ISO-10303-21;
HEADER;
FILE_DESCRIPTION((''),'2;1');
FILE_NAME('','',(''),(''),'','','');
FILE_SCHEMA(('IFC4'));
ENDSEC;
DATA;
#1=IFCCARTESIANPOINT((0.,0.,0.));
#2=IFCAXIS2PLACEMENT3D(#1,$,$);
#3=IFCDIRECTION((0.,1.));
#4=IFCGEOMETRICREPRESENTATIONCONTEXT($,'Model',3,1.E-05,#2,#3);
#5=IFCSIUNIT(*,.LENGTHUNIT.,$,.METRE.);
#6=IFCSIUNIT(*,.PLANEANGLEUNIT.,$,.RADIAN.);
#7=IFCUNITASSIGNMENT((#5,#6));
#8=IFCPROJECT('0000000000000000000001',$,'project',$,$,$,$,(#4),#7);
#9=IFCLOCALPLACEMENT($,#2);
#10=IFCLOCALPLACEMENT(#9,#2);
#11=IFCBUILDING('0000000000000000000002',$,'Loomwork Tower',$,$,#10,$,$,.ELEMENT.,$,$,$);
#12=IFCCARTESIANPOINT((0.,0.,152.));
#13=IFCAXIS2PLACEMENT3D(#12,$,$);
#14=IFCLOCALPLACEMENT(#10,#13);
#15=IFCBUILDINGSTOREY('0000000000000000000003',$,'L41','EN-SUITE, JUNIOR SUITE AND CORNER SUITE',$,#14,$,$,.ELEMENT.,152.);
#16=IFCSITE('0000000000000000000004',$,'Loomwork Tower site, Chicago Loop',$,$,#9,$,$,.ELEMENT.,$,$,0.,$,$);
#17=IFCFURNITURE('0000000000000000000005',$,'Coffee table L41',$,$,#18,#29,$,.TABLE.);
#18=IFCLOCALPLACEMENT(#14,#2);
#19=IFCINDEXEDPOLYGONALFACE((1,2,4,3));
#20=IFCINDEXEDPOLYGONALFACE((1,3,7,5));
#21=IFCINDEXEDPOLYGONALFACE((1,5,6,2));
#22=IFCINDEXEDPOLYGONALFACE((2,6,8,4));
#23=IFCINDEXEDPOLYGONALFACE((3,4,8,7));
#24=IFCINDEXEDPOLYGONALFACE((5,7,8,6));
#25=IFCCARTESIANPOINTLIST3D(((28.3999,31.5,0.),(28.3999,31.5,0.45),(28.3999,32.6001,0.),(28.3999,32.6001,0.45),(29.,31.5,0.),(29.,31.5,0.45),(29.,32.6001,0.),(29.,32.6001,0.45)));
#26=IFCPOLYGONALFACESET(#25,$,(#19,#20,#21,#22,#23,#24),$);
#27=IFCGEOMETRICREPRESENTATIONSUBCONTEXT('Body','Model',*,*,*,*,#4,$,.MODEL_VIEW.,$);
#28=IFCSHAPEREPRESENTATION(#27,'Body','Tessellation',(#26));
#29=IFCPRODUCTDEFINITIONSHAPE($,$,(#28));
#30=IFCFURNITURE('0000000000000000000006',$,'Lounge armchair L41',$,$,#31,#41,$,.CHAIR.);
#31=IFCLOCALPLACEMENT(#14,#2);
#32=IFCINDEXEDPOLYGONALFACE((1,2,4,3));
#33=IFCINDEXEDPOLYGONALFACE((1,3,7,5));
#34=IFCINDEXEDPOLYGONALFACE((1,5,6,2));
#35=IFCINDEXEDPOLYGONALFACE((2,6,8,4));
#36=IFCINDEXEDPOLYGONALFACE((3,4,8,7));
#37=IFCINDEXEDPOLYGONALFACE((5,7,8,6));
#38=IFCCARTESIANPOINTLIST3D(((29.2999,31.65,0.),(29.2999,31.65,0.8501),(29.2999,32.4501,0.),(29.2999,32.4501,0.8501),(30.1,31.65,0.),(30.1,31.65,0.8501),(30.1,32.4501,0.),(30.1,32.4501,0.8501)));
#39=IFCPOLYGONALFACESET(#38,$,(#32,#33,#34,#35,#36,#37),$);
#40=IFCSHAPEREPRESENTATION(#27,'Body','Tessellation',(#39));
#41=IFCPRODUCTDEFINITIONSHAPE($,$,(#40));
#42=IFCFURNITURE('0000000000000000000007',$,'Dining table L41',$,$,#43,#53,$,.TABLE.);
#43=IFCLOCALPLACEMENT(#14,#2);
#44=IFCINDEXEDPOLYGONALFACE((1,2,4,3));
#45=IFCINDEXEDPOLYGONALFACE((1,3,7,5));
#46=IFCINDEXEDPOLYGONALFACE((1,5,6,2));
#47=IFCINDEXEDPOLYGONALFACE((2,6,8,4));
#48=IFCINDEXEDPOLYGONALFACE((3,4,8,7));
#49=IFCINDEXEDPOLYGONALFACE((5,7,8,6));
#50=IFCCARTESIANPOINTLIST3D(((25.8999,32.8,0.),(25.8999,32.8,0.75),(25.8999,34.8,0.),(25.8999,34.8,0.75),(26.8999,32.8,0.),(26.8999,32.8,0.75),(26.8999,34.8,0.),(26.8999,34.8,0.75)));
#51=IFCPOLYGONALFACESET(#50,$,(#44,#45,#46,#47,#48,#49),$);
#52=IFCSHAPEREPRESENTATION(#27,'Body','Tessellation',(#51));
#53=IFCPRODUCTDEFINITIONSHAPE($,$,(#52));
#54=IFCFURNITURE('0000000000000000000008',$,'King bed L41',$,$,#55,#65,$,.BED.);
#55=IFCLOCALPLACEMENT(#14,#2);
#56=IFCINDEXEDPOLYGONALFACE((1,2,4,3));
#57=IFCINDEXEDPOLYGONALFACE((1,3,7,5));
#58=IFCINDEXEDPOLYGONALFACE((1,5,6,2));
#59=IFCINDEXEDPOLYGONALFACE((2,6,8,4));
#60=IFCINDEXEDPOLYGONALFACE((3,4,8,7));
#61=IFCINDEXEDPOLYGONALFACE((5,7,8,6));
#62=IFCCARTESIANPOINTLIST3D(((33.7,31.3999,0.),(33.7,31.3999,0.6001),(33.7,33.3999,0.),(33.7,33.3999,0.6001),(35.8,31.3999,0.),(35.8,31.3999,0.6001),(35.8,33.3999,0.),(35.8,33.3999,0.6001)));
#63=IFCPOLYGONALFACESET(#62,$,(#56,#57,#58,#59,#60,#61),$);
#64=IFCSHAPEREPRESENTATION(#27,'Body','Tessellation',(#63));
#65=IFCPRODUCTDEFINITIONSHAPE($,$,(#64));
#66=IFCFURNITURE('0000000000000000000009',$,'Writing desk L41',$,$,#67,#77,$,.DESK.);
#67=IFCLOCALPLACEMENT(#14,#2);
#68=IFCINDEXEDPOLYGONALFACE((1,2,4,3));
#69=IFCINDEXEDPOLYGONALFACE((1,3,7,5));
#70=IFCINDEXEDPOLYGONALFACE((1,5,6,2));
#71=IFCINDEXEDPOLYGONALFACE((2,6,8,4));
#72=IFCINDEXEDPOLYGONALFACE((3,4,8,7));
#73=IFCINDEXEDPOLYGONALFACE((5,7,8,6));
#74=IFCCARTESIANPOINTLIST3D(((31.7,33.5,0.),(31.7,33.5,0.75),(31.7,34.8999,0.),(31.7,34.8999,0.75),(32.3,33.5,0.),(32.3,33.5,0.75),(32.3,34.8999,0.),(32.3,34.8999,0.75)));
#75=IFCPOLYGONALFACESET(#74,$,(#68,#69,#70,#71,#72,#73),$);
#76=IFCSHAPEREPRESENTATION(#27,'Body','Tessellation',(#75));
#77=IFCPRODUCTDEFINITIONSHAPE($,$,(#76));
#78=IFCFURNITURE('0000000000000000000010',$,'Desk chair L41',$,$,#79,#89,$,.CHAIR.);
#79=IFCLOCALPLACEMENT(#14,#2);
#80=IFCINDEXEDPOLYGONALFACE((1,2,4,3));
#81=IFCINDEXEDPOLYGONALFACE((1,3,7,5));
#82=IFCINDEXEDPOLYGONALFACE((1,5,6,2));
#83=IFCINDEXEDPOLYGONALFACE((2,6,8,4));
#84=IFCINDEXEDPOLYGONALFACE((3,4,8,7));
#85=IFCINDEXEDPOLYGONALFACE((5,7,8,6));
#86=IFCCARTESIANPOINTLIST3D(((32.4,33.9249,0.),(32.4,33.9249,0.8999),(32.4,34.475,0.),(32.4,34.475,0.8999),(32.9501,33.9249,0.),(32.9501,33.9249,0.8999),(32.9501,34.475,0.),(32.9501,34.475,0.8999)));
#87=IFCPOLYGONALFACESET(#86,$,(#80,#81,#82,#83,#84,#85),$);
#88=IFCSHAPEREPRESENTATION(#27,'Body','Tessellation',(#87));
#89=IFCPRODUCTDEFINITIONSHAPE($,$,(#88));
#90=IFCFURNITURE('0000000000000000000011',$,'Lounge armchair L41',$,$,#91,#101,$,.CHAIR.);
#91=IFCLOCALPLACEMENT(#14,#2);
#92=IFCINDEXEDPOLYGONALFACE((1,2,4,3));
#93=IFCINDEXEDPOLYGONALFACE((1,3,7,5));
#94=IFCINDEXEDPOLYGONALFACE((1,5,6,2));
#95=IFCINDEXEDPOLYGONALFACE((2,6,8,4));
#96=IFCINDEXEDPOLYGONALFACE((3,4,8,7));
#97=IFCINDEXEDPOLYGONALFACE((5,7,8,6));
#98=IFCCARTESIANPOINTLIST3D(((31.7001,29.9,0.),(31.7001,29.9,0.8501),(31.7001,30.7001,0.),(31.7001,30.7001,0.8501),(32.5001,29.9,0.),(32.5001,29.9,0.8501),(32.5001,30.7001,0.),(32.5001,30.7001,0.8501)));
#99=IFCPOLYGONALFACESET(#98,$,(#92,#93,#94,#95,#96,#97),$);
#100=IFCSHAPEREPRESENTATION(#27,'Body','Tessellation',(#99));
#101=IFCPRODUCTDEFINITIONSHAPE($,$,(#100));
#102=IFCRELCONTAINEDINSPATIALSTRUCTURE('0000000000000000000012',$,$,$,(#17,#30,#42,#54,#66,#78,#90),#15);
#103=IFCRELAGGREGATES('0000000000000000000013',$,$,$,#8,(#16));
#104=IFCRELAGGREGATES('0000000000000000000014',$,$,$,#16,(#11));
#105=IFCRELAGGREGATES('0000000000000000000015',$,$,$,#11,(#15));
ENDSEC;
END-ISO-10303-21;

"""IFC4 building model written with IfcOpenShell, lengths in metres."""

from ifc_helpers import new_model, si_unit, direction, frame, origin, origin_2d, place, context, subcontext, project, spatial, rectangle, extrude, element, save


model = new_model("IFC4")

# Units and contexts
model_context = context("Model", 3, precision=1e-05, world=origin(), true_north=direction((0.0, 1.0)))
body_context = subcontext(model_context, "Body", "Model", "MODEL_VIEW")
ifc_project = project(units=[si_unit("LENGTHUNIT", "METRE"), si_unit("PLANEANGLEUNIT", "RADIAN")], contexts=[model_context])

# Site, building, storey
site_placement = place(None, origin())
site = spatial("IfcSite", under=ifc_project, at=site_placement, Name="Loomwork Tower site, Chicago Loop", CompositionType="ELEMENT", RefElevation=0.0)
building_placement = place(site_placement, origin())
building = spatial("IfcBuilding", under=site, at=building_placement, Name="Loomwork Tower", CompositionType="ELEMENT")
storey_placement = place(building_placement, frame((0.0, 0.0, 152.0)))
storey = spatial("IfcBuildingStorey", under=building, at=storey_placement, Name="L41", Description="EN-SUITE, JUNIOR SUITE AND CORNER SUITE", CompositionType="ELEMENT", Elevation=152.0)

# Furniture
furniture_1_placement = place(storey_placement, frame((28.7, 32.05, 0.0), z_axis=(0.0, 0.0, 1.0), x_axis=(1.0, 0.0, 0.0)))
element("IfcFurniture", 1, at=furniture_1_placement, inside=storey, Name="Coffee table L41", PredefinedType="TABLE", context=body_context, shape_type="SweptSolid", body=[
    extrude(rectangle(XDim=0.6001, YDim=1.1001, at=origin_2d()), origin(), (0.0, 0.0, 1.0), 0.45),
])
furniture_2_placement = place(storey_placement, frame((29.7, 32.05, 0.0), z_axis=(0.0, 0.0, 1.0), x_axis=(1.0, 0.0, 0.0)))
element("IfcFurniture", 2, at=furniture_2_placement, inside=storey, Name="Lounge armchair L41", PredefinedType="CHAIR", context=body_context, shape_type="SweptSolid", body=[
    extrude(rectangle(XDim=0.8, YDim=0.8, at=origin_2d()), origin(), (0.0, 0.0, 1.0), 0.8501),
])
furniture_3_placement = place(storey_placement, frame((26.3999, 33.8, 0.0), z_axis=(0.0, 0.0, 1.0), x_axis=(1.0, 0.0, 0.0)))
element("IfcFurniture", 3, at=furniture_3_placement, inside=storey, Name="Dining table L41", PredefinedType="TABLE", context=body_context, shape_type="SweptSolid", body=[
    extrude(rectangle(XDim=1.0, YDim=2.0, at=origin_2d()), origin(), (0.0, 0.0, 1.0), 0.75),
])
furniture_4_placement = place(storey_placement, frame((34.75, 32.3999, 0.0), z_axis=(0.0, 0.0, 1.0), x_axis=(1.0, 0.0, 0.0)))
element("IfcFurniture", 4, at=furniture_4_placement, inside=storey, Name="King bed L41", PredefinedType="BED", context=body_context, shape_type="SweptSolid", body=[
    extrude(rectangle(XDim=2.1001, YDim=2.0, at=origin_2d()), origin(), (0.0, 0.0, 1.0), 0.6001),
])
furniture_5_placement = place(storey_placement, frame((32.0, 34.2, 0.0), z_axis=(0.0, 0.0, 1.0), x_axis=(1.0, 0.0, 0.0)))
element("IfcFurniture", 5, at=furniture_5_placement, inside=storey, Name="Writing desk L41", PredefinedType="DESK", context=body_context, shape_type="SweptSolid", body=[
    extrude(rectangle(XDim=0.6001, YDim=1.3999, at=origin_2d()), origin(), (0.0, 0.0, 1.0), 0.75),
])
furniture_6_placement = place(storey_placement, frame((32.675, 34.2, 0.0), z_axis=(0.0, 0.0, 1.0), x_axis=(1.0, 0.0, 0.0)))
element("IfcFurniture", 6, at=furniture_6_placement, inside=storey, Name="Desk chair L41", PredefinedType="CHAIR", context=body_context, shape_type="SweptSolid", body=[
    extrude(rectangle(XDim=0.55, YDim=0.55, at=origin_2d()), origin(), (0.0, 0.0, 1.0), 0.8999),
])
furniture_7_placement = place(storey_placement, frame((32.1001, 30.3, 0.0), z_axis=(0.0, 0.0, 1.0), x_axis=(1.0, 0.0, 0.0)))
element("IfcFurniture", 7, at=furniture_7_placement, inside=storey, Name="Lounge armchair L41", PredefinedType="CHAIR", context=body_context, shape_type="SweptSolid", body=[
    extrude(rectangle(XDim=0.8, YDim=0.8, at=origin_2d()), origin(), (0.0, 0.0, 1.0), 0.8501),
])

save(model, "model.ifc")
